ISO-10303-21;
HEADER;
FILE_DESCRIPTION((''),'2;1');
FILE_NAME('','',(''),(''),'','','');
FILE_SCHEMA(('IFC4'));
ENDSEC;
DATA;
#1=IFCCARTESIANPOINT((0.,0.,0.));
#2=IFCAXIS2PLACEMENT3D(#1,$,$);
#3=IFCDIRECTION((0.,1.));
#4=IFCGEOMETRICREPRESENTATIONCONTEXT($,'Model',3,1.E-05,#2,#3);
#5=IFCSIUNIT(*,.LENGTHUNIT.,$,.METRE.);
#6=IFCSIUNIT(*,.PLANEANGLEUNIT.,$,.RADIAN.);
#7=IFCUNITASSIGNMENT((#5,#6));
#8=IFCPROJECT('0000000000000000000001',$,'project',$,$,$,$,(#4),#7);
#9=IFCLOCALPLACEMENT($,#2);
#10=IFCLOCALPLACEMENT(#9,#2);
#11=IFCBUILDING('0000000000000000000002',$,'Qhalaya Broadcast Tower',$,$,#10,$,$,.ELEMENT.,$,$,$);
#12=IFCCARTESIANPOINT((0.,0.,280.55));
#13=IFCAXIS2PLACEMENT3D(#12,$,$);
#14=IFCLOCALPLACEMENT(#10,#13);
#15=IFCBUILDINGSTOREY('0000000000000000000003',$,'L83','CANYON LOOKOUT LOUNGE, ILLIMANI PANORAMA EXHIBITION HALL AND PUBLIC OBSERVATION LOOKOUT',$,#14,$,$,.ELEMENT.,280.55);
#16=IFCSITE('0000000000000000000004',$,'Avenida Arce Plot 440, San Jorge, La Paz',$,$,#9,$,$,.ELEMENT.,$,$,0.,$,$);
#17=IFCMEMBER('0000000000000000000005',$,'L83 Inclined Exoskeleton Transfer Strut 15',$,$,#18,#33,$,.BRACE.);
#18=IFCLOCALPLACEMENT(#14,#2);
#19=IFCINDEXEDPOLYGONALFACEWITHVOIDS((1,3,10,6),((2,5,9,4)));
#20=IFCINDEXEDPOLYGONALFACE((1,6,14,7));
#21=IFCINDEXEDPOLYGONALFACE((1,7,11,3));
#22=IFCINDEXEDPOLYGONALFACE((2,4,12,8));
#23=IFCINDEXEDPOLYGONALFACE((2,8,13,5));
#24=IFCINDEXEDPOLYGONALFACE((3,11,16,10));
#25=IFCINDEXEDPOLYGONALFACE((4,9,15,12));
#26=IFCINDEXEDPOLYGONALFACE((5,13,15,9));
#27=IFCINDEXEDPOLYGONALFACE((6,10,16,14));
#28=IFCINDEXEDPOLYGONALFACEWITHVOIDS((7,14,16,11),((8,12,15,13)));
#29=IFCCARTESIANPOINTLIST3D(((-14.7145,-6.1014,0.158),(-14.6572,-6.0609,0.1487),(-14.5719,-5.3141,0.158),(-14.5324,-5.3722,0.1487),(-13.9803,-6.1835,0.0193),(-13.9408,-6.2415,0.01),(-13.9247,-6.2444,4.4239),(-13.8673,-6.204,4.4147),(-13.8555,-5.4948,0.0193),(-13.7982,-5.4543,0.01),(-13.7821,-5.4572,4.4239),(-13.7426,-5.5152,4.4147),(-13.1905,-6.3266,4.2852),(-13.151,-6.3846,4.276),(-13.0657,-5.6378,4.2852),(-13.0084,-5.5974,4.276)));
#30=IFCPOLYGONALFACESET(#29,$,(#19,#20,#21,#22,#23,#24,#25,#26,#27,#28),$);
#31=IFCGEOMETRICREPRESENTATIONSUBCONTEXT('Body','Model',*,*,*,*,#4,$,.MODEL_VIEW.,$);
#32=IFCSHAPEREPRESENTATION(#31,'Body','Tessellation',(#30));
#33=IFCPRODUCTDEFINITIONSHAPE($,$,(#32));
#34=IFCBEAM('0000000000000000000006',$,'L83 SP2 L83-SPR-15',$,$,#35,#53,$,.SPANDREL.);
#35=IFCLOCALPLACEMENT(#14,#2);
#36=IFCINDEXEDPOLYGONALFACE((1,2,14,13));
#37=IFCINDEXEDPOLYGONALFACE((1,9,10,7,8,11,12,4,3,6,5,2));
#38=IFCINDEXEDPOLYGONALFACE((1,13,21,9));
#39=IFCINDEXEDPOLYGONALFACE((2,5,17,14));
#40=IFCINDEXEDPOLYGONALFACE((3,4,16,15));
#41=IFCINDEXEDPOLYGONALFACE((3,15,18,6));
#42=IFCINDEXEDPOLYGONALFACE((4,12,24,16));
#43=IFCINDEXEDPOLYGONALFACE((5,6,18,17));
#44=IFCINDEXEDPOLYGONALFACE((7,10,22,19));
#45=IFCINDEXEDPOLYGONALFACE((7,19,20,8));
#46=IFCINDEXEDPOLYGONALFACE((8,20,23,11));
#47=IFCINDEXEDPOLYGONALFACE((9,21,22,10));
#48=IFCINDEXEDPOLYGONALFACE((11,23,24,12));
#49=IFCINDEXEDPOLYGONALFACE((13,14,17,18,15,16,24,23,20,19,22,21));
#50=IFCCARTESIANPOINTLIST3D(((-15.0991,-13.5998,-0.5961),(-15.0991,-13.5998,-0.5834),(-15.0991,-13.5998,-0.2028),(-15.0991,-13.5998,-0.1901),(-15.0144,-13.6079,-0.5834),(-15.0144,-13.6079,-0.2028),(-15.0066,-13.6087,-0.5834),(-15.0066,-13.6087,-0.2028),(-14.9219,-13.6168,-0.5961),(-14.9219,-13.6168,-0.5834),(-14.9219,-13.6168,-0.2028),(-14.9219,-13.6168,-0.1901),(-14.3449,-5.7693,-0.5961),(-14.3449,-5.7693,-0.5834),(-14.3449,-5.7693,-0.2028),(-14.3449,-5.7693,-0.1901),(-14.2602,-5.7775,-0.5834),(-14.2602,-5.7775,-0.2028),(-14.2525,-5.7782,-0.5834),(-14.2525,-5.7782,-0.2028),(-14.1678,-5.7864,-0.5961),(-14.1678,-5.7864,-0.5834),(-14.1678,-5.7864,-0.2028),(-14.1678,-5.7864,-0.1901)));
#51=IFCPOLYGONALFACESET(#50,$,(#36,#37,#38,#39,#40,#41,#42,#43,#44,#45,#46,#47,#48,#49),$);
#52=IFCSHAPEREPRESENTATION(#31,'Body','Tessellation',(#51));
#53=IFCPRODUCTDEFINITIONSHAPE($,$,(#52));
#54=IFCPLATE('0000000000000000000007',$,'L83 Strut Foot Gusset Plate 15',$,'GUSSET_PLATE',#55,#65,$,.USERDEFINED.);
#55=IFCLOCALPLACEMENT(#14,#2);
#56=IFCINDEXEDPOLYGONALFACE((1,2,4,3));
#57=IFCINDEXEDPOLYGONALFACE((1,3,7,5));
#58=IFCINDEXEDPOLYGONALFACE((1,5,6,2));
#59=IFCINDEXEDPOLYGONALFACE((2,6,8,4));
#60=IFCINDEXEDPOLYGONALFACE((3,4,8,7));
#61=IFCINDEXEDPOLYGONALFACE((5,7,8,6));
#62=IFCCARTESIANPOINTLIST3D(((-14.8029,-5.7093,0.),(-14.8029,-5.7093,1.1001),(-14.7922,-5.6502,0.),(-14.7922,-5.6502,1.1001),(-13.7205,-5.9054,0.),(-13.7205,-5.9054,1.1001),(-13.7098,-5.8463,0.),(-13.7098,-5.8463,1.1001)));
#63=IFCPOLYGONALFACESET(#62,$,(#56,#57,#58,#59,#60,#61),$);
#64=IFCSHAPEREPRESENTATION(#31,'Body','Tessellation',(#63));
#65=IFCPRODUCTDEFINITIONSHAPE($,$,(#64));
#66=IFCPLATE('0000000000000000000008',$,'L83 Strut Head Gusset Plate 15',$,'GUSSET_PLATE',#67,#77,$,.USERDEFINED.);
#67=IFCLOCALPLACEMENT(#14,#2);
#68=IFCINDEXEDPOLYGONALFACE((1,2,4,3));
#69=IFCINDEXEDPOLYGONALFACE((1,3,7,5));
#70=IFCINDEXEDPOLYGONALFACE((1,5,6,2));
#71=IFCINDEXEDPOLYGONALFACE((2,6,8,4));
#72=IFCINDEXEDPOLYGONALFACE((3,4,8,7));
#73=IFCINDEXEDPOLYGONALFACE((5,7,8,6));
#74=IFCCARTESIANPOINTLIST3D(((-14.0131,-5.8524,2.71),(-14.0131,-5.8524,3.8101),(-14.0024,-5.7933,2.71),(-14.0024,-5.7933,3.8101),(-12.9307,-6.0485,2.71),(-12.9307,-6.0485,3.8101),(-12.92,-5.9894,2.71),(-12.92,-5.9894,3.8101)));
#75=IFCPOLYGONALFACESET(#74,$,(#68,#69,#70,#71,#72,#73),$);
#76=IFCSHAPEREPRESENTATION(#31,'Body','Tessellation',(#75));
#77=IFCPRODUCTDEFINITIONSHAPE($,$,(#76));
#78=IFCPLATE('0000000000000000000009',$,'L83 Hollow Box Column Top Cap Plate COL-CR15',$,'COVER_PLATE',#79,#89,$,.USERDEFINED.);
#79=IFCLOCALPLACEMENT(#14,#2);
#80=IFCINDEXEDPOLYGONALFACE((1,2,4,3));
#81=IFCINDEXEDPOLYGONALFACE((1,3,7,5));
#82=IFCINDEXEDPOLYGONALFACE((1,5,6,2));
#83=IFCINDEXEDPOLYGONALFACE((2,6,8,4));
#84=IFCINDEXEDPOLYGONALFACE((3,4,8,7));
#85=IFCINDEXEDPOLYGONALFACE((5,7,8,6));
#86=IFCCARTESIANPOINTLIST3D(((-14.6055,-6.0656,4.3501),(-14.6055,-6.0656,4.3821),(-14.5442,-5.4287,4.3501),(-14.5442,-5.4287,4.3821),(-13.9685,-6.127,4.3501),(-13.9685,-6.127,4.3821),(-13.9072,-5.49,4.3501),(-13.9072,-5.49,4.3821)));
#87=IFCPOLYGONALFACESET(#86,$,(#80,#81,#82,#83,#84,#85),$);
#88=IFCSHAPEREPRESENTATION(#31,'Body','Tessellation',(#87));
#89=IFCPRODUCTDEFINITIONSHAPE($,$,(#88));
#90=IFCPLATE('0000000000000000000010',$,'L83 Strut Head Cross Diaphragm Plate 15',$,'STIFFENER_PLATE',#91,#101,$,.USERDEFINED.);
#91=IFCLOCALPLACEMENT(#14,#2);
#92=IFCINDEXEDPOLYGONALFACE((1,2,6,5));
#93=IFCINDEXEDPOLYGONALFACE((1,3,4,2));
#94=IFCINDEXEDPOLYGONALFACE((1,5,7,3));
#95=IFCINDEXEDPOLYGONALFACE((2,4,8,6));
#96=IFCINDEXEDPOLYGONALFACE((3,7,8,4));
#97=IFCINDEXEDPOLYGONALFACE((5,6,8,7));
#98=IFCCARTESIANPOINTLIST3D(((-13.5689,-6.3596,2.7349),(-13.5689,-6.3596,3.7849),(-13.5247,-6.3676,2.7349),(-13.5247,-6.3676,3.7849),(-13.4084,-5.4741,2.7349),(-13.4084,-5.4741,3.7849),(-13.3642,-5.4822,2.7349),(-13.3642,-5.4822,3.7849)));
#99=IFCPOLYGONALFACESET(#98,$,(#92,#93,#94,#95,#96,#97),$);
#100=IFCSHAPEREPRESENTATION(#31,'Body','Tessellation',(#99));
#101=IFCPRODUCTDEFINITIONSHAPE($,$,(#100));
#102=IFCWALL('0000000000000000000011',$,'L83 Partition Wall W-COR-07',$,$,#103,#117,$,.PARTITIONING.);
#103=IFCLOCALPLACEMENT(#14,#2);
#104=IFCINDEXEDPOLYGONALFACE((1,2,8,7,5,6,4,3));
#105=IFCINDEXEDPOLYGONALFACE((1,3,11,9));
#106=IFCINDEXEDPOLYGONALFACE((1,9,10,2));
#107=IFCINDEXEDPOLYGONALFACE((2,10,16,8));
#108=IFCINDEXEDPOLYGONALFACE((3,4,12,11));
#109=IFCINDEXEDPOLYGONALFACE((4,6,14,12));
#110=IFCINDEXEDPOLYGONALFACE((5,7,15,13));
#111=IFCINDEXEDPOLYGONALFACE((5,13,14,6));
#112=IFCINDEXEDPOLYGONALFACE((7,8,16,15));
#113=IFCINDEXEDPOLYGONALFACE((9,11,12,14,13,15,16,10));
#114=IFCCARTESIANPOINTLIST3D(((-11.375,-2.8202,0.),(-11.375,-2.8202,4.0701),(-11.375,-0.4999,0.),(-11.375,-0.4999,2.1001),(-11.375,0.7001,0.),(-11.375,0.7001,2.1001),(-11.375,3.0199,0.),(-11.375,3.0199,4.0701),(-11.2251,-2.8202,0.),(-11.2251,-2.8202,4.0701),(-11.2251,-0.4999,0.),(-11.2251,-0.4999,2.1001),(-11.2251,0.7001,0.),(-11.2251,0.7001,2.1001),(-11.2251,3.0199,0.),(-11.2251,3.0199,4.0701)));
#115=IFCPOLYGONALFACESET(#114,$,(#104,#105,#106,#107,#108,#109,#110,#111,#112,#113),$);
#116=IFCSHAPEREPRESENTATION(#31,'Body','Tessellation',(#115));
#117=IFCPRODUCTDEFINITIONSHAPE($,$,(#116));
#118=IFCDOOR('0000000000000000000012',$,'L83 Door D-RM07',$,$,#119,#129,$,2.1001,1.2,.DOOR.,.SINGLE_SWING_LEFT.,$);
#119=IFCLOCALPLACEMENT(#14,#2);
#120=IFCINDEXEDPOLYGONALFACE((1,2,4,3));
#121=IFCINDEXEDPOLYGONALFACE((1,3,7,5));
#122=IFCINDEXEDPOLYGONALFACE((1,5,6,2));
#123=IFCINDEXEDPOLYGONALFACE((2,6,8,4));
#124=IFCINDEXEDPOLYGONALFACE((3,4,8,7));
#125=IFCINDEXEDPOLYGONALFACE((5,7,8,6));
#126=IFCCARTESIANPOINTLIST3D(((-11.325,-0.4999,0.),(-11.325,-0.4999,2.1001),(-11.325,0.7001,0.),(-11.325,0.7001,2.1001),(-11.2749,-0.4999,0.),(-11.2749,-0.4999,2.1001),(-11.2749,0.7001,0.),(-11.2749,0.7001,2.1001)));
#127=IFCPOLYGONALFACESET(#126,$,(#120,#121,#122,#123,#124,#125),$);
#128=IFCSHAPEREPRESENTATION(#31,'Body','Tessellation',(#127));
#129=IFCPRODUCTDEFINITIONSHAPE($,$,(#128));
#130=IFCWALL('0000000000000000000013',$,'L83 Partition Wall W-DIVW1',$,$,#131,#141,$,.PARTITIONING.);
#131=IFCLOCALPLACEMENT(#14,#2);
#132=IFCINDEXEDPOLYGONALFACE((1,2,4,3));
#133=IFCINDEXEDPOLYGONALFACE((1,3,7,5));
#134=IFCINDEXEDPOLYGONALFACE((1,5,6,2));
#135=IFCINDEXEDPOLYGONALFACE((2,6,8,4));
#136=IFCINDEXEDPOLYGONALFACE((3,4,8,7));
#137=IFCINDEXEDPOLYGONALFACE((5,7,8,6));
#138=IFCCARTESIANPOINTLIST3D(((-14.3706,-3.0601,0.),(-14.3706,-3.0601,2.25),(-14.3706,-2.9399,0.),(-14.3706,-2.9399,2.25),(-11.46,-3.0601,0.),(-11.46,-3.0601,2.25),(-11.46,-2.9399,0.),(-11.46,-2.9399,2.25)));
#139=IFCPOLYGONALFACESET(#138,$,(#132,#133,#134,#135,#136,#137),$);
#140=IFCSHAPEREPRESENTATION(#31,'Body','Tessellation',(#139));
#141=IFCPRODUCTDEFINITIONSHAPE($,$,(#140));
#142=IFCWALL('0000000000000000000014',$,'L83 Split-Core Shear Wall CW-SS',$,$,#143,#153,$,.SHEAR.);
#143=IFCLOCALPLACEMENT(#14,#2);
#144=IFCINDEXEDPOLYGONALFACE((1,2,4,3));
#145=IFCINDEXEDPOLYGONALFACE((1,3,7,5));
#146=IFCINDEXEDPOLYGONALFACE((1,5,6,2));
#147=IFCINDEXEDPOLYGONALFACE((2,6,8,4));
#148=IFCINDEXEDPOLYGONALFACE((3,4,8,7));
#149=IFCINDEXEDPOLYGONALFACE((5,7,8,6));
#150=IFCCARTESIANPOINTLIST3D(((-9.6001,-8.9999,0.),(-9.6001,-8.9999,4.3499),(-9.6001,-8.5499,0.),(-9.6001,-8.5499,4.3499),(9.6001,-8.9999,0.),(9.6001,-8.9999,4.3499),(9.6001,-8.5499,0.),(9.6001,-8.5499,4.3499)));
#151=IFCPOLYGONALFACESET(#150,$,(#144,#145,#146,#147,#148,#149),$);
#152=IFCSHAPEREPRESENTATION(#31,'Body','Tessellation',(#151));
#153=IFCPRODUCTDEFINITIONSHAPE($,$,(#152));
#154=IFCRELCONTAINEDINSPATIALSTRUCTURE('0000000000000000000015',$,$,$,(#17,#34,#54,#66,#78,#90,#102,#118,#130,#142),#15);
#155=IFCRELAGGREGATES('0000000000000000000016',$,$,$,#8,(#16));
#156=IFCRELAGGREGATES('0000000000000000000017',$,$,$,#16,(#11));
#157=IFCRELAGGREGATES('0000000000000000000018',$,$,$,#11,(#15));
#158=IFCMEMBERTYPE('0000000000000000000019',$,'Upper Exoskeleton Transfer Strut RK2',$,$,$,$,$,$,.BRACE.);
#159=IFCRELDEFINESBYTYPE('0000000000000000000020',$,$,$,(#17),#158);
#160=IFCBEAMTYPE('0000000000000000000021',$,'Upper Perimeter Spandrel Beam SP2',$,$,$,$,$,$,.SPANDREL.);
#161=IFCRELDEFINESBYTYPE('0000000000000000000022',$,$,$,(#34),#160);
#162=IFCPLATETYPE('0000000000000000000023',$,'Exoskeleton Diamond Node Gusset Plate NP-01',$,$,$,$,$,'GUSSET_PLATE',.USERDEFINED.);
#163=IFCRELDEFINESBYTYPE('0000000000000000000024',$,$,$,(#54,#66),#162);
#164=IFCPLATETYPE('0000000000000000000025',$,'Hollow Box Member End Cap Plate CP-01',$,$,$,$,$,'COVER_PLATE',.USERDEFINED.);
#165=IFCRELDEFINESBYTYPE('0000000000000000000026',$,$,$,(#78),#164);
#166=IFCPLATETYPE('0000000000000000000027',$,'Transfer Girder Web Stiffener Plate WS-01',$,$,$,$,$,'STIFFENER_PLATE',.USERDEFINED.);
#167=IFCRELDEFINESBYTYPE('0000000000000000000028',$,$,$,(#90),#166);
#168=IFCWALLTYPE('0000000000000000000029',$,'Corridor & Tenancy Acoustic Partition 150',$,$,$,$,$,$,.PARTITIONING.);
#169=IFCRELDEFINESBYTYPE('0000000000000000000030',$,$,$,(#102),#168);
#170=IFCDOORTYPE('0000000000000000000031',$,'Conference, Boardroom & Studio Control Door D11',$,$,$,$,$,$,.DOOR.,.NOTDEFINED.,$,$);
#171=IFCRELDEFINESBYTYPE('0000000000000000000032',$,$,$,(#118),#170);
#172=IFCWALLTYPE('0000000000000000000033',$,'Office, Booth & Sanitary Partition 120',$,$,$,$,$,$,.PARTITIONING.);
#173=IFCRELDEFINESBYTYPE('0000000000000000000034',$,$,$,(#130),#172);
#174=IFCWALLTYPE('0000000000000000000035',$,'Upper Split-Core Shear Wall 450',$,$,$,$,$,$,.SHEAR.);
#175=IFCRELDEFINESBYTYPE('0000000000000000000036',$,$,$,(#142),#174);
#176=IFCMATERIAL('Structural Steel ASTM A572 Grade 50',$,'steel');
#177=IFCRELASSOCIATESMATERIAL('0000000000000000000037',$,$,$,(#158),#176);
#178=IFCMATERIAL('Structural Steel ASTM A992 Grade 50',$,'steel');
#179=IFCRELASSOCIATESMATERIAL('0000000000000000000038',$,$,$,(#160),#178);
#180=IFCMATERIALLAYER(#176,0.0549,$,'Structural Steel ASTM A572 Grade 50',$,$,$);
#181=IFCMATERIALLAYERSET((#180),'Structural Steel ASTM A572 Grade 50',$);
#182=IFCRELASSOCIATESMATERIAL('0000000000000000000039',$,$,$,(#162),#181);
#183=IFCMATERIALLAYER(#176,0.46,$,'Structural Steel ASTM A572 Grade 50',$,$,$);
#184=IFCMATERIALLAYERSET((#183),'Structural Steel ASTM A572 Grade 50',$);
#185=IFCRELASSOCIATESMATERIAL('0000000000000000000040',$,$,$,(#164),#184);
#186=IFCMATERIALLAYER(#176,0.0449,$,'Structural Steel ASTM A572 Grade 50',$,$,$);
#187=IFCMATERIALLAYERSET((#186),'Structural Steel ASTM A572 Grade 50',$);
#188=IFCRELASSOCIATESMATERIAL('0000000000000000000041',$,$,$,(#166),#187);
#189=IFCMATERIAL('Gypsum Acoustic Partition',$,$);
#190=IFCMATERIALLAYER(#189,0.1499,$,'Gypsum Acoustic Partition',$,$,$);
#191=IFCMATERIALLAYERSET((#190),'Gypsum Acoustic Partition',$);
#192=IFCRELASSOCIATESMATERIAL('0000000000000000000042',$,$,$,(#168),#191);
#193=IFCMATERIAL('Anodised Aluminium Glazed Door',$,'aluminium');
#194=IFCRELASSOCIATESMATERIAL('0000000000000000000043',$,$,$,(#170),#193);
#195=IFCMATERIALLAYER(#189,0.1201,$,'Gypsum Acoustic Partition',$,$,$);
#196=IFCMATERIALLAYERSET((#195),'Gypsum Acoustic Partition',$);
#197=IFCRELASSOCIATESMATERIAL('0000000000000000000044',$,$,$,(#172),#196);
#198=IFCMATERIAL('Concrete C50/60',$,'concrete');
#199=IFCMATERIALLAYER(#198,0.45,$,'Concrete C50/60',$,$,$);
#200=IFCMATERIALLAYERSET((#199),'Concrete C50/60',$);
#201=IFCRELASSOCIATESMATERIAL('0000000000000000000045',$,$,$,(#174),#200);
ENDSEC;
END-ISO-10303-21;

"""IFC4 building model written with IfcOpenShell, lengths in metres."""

from ifc_helpers import new_model, si_unit, direction, frame, frame_2d, origin, origin_2d, place, context, subcontext, project, spatial, rectangle, hollow_rectangle, i_section, extrude, material, layer, layer_set, material_profile, profile_set, type_object, element, fill, save


model = new_model("IFC4")

# Units and contexts
model_context = context("Model", 3, precision=1e-05, world=origin(), true_north=direction((0.0, 1.0)))
body_context = subcontext(model_context, "Body", "Model", "MODEL_VIEW")
ifc_project = project(units=[si_unit("LENGTHUNIT", "METRE"), si_unit("PLANEANGLEUNIT", "RADIAN")], contexts=[model_context])

# Site, building, storey
site_placement = place(None, origin())
site = spatial("IfcSite", under=ifc_project, at=site_placement, Name="Avenida Arce Plot 440, San Jorge, La Paz", CompositionType="ELEMENT", RefElevation=0.0)
building_placement = place(site_placement, origin())
building = spatial("IfcBuilding", under=site, at=building_placement, Name="Qhalaya Broadcast Tower", CompositionType="ELEMENT")
storey_placement = place(building_placement, frame((0.0, 0.0, 280.55)))
storey = spatial("IfcBuildingStorey", under=building, at=storey_placement, Name="L83", Description="CANYON LOOKOUT LOUNGE, ILLIMANI PANORAMA EXHIBITION HALL AND PUBLIC OBSERVATION LOOKOUT", CompositionType="ELEMENT", Elevation=280.55)

# Shared definitions
ifc_material_1 = material(Name="Structural Steel ASTM A572 Grade 50", Category="steel")

# Shared definitions
ifc_material_2 = material(Name="Structural Steel ASTM A992 Grade 50", Category="steel")

# Member
ifc_material_profile_1 = material_profile(ifc_material_1, hollow_rectangle(XDim=0.8, YDim=0.8, WallThickness=0.05, at=origin_2d()), Name="BOX 800x800x50")
ifc_profile_set_1 = profile_set([ifc_material_profile_1], Name="Structural Steel ASTM A572 Grade 50")
member_type_1 = type_object("IfcMemberType", Name="Upper Exoskeleton Transfer Strut RK2", PredefinedType="BRACE", material=ifc_profile_set_1)
member_1_placement = place(storey_placement, frame((-14.2563, -5.7778, 0.084), z_axis=(0.18195, -0.032959, 0.982755), x_axis=(0.178243, 0.983987, 0.0)))
element("IfcMember", 1, at=member_1_placement, inside=storey, type_object=member_type_1, Name="L83 Inclined Exoskeleton Transfer Strut 15", PredefinedType="BRACE", context=body_context, shape_type="SweptSolid", body=[
    extrude(hollow_rectangle(XDim=0.8, YDim=0.8, WallThickness=0.05, at=origin_2d()), origin(), (0.0, 0.0, 1.0), 4.3408),
])

# Beam
ifc_material_profile_2 = material_profile(ifc_material_2, i_section(OverallWidth=0.178, OverallDepth=0.406, WebThickness=0.0078, FlangeThickness=0.0127, at=origin_2d()), Name="W16X40")
ifc_profile_set_2 = profile_set([ifc_material_profile_2], Name="Structural Steel ASTM A992 Grade 50")
beam_type_1 = type_object("IfcBeamType", Name="Upper Perimeter Spandrel Beam SP2", PredefinedType="SPANDREL", material=ifc_profile_set_2)
beam_1_placement = place(storey_placement, frame((-14.2563, -5.7778, -0.3931), z_axis=(-0.095865, -0.995394, 0.0), x_axis=(0.995394, -0.095865, 0.0)))
element("IfcBeam", 2, at=beam_1_placement, inside=storey, type_object=beam_type_1, Name="L83 SP2 L83-SPR-15", PredefinedType="SPANDREL", context=body_context, shape_type="SweptSolid", body=[
    extrude(i_section(OverallWidth=0.178, OverallDepth=0.406, WebThickness=0.0078, FlangeThickness=0.0127, at=origin_2d()), origin(), (0.0, 0.0, 1.0), 7.8667),
])

# Plates
ifc_layer_1 = layer(ifc_material_1, 0.0549, Name="Structural Steel ASTM A572 Grade 50")
ifc_layer_set_1 = layer_set([ifc_layer_1], Name="Structural Steel ASTM A572 Grade 50")
plate_type_1 = type_object("IfcPlateType", Name="Exoskeleton Diamond Node Gusset Plate NP-01", ElementType="GUSSET_PLATE", PredefinedType="USERDEFINED", material=ifc_layer_set_1)
for number, where, z_axis, x_axis, name in (
    (3, (-14.2563, -5.7778, 0.0), (0.0, 0.0, 1.0), (0.983985, -0.178253, 0.0), "L83 Strut Foot Gusset Plate 15"),
    (4, (-13.4666, -5.9209, 2.71), (0.0, 0.0, 1.0), (0.983985, -0.178253, 0.0), "L83 Strut Head Gusset Plate 15"),
):
    element("IfcPlate", number, at=place(storey_placement, frame(where, z_axis=z_axis, x_axis=x_axis)), inside=storey, type_object=plate_type_1, Name=name, ObjectType="GUSSET_PLATE", PredefinedType="USERDEFINED", context=body_context, shape_type="SweptSolid", body=[
        extrude(rectangle(XDim=1.1001, YDim=0.0601, at=origin_2d()), origin(), (0.0, 0.0, 1.0), 1.1001),
    ])
ifc_layer_2 = layer(ifc_material_1, 0.46, Name="Structural Steel ASTM A572 Grade 50")
ifc_layer_set_2 = layer_set([ifc_layer_2], Name="Structural Steel ASTM A572 Grade 50")
plate_type_2 = type_object("IfcPlateType", Name="Hollow Box Member End Cap Plate CP-01", ElementType="COVER_PLATE", PredefinedType="USERDEFINED", material=ifc_layer_set_2)
plate_1_placement = place(storey_placement, frame((-14.2563, -5.7778, 4.3501), z_axis=(0.0, 0.0, 1.0), x_axis=(0.095846, 0.995396, 0.0)))
element("IfcPlate", 5, at=plate_1_placement, inside=storey, type_object=plate_type_2, Name="L83 Hollow Box Column Top Cap Plate COL-CR15", ObjectType="COVER_PLATE", PredefinedType="USERDEFINED", context=body_context, shape_type="SweptSolid", body=[
    extrude(rectangle(XDim=0.6399, YDim=0.6399, at=origin_2d()), origin(), (0.0, 0.0, 1.0), 0.032),
])
ifc_layer_3 = layer(ifc_material_1, 0.0449, Name="Structural Steel ASTM A572 Grade 50")
ifc_layer_set_3 = layer_set([ifc_layer_3], Name="Structural Steel ASTM A572 Grade 50")
plate_type_3 = type_object("IfcPlateType", Name="Transfer Girder Web Stiffener Plate WS-01", ElementType="STIFFENER_PLATE", PredefinedType="USERDEFINED", material=ifc_layer_set_3)
plate_2_placement = place(storey_placement, frame((-13.4666, -5.9209, 2.7349), z_axis=(0.0, 0.0, 1.0), x_axis=(0.178253, 0.983985, 0.0)))
element("IfcPlate", 6, at=plate_2_placement, inside=storey, type_object=plate_type_3, Name="L83 Strut Head Cross Diaphragm Plate 15", ObjectType="STIFFENER_PLATE", PredefinedType="USERDEFINED", context=body_context, shape_type="SweptSolid", body=[
    extrude(rectangle(XDim=0.8999, YDim=0.0449, at=origin_2d()), origin(), (0.0, 0.0, 1.0), 1.05),
])

# Wall, opening, door
ifc_material_3 = material(Name="Gypsum Acoustic Partition")
ifc_layer_4 = layer(ifc_material_3, 0.1499, Name="Gypsum Acoustic Partition")
ifc_layer_set_4 = layer_set([ifc_layer_4], Name="Gypsum Acoustic Partition")
wall_type_1 = type_object("IfcWallType", Name="Corridor & Tenancy Acoustic Partition 150", PredefinedType="PARTITIONING", material=ifc_layer_set_4)
wall_1_placement = place(storey_placement, frame((-11.3, -2.8201, 0.0), z_axis=(0.0, 0.0, 1.0), x_axis=(0.0, 1.0, 0.0)))
wall_1 = element("IfcWall", 7, at=wall_1_placement, inside=storey, type_object=wall_type_1, Name="L83 Partition Wall W-COR-07", PredefinedType="PARTITIONING", context=body_context, shape_type="SweptSolid", body=[
    extrude(rectangle(XDim=5.8401, YDim=0.1499, at=frame_2d((2.9199, 0.0))), origin(), (0.0, 0.0, 1.0), 4.0701),
])
opening_1_placement = place(wall_1_placement, frame((2.3201, 0.0, 0.0)))
opening_1 = element("IfcOpeningElement", 8, at=opening_1_placement, cuts=wall_1, PredefinedType="OPENING", context=body_context, shape_type="SweptSolid", body=[
    extrude(rectangle(XDim=1.2, YDim=2.1001, at=frame_2d((0.6001, 1.05))), frame((0.0, 0.0869, 0.0), z_axis=(0.0, -1.0, 0.0), x_axis=(1.0, 0.0, 0.0)), (0.0, 0.0, 1.0), 0.1738),
])
ifc_material_4 = material(Name="Anodised Aluminium Glazed Door", Category="aluminium")
door_type_1 = type_object("IfcDoorType", Name="Conference, Boardroom & Studio Control Door D11", OperationType="NOTDEFINED", PredefinedType="DOOR", material=ifc_material_4)
door_1_placement = place(opening_1_placement, origin())
door_1 = element("IfcDoor", 9, at=door_1_placement, inside=storey, type_object=door_type_1, Name="L83 Door D-RM07", OperationType="SINGLE_SWING_LEFT", OverallHeight=2.1001, OverallWidth=1.2, PredefinedType="DOOR", context=body_context, shape_type="SweptSolid", body=[
    extrude(rectangle(XDim=1.2, YDim=2.1001, at=frame_2d((0.6001, 1.05))), frame((0.0, 0.0249, 0.0), z_axis=(0.0, -1.0, 0.0), x_axis=(1.0, 0.0, 0.0)), (0.0, 0.0, 1.0), 0.05),
])
fill(opening_1, door_1)

# Walls
ifc_layer_5 = layer(ifc_material_3, 0.1201, Name="Gypsum Acoustic Partition")
ifc_layer_set_5 = layer_set([ifc_layer_5], Name="Gypsum Acoustic Partition")
wall_type_2 = type_object("IfcWallType", Name="Office, Booth & Sanitary Partition 120", PredefinedType="PARTITIONING", material=ifc_layer_set_5)
wall_2_placement = place(storey_placement, frame((-14.3706, -3.0, 0.0), z_axis=(0.0, 0.0, 1.0), x_axis=(1.0, 0.0, 0.0)))
element("IfcWall", 10, at=wall_2_placement, inside=storey, type_object=wall_type_2, Name="L83 Partition Wall W-DIVW1", PredefinedType="PARTITIONING", context=body_context, shape_type="SweptSolid", body=[
    extrude(rectangle(XDim=2.9106, YDim=0.1201, at=frame_2d((1.4553, 0.0))), origin(), (0.0, 0.0, 1.0), 2.25),
])
ifc_material_5 = material(Name="Concrete C50/60", Category="concrete")
ifc_layer_6 = layer(ifc_material_5, 0.45, Name="Concrete C50/60")
ifc_layer_set_6 = layer_set([ifc_layer_6], Name="Concrete C50/60")
wall_type_3 = type_object("IfcWallType", Name="Upper Split-Core Shear Wall 450", PredefinedType="SHEAR", material=ifc_layer_set_6)
wall_3_placement = place(storey_placement, frame((-9.6001, -8.7749, 0.0), z_axis=(0.0, 0.0, 1.0), x_axis=(1.0, 0.0, 0.0)))
element("IfcWall", 11, at=wall_3_placement, inside=storey, type_object=wall_type_3, Name="L83 Split-Core Shear Wall CW-SS", PredefinedType="SHEAR", context=body_context, shape_type="SweptSolid", body=[
    extrude(rectangle(XDim=19.2002, YDim=0.45, at=frame_2d((9.6001, 0.0))), origin(), (0.0, 0.0, 1.0), 4.3499),
])

save(model, "model.ifc")
